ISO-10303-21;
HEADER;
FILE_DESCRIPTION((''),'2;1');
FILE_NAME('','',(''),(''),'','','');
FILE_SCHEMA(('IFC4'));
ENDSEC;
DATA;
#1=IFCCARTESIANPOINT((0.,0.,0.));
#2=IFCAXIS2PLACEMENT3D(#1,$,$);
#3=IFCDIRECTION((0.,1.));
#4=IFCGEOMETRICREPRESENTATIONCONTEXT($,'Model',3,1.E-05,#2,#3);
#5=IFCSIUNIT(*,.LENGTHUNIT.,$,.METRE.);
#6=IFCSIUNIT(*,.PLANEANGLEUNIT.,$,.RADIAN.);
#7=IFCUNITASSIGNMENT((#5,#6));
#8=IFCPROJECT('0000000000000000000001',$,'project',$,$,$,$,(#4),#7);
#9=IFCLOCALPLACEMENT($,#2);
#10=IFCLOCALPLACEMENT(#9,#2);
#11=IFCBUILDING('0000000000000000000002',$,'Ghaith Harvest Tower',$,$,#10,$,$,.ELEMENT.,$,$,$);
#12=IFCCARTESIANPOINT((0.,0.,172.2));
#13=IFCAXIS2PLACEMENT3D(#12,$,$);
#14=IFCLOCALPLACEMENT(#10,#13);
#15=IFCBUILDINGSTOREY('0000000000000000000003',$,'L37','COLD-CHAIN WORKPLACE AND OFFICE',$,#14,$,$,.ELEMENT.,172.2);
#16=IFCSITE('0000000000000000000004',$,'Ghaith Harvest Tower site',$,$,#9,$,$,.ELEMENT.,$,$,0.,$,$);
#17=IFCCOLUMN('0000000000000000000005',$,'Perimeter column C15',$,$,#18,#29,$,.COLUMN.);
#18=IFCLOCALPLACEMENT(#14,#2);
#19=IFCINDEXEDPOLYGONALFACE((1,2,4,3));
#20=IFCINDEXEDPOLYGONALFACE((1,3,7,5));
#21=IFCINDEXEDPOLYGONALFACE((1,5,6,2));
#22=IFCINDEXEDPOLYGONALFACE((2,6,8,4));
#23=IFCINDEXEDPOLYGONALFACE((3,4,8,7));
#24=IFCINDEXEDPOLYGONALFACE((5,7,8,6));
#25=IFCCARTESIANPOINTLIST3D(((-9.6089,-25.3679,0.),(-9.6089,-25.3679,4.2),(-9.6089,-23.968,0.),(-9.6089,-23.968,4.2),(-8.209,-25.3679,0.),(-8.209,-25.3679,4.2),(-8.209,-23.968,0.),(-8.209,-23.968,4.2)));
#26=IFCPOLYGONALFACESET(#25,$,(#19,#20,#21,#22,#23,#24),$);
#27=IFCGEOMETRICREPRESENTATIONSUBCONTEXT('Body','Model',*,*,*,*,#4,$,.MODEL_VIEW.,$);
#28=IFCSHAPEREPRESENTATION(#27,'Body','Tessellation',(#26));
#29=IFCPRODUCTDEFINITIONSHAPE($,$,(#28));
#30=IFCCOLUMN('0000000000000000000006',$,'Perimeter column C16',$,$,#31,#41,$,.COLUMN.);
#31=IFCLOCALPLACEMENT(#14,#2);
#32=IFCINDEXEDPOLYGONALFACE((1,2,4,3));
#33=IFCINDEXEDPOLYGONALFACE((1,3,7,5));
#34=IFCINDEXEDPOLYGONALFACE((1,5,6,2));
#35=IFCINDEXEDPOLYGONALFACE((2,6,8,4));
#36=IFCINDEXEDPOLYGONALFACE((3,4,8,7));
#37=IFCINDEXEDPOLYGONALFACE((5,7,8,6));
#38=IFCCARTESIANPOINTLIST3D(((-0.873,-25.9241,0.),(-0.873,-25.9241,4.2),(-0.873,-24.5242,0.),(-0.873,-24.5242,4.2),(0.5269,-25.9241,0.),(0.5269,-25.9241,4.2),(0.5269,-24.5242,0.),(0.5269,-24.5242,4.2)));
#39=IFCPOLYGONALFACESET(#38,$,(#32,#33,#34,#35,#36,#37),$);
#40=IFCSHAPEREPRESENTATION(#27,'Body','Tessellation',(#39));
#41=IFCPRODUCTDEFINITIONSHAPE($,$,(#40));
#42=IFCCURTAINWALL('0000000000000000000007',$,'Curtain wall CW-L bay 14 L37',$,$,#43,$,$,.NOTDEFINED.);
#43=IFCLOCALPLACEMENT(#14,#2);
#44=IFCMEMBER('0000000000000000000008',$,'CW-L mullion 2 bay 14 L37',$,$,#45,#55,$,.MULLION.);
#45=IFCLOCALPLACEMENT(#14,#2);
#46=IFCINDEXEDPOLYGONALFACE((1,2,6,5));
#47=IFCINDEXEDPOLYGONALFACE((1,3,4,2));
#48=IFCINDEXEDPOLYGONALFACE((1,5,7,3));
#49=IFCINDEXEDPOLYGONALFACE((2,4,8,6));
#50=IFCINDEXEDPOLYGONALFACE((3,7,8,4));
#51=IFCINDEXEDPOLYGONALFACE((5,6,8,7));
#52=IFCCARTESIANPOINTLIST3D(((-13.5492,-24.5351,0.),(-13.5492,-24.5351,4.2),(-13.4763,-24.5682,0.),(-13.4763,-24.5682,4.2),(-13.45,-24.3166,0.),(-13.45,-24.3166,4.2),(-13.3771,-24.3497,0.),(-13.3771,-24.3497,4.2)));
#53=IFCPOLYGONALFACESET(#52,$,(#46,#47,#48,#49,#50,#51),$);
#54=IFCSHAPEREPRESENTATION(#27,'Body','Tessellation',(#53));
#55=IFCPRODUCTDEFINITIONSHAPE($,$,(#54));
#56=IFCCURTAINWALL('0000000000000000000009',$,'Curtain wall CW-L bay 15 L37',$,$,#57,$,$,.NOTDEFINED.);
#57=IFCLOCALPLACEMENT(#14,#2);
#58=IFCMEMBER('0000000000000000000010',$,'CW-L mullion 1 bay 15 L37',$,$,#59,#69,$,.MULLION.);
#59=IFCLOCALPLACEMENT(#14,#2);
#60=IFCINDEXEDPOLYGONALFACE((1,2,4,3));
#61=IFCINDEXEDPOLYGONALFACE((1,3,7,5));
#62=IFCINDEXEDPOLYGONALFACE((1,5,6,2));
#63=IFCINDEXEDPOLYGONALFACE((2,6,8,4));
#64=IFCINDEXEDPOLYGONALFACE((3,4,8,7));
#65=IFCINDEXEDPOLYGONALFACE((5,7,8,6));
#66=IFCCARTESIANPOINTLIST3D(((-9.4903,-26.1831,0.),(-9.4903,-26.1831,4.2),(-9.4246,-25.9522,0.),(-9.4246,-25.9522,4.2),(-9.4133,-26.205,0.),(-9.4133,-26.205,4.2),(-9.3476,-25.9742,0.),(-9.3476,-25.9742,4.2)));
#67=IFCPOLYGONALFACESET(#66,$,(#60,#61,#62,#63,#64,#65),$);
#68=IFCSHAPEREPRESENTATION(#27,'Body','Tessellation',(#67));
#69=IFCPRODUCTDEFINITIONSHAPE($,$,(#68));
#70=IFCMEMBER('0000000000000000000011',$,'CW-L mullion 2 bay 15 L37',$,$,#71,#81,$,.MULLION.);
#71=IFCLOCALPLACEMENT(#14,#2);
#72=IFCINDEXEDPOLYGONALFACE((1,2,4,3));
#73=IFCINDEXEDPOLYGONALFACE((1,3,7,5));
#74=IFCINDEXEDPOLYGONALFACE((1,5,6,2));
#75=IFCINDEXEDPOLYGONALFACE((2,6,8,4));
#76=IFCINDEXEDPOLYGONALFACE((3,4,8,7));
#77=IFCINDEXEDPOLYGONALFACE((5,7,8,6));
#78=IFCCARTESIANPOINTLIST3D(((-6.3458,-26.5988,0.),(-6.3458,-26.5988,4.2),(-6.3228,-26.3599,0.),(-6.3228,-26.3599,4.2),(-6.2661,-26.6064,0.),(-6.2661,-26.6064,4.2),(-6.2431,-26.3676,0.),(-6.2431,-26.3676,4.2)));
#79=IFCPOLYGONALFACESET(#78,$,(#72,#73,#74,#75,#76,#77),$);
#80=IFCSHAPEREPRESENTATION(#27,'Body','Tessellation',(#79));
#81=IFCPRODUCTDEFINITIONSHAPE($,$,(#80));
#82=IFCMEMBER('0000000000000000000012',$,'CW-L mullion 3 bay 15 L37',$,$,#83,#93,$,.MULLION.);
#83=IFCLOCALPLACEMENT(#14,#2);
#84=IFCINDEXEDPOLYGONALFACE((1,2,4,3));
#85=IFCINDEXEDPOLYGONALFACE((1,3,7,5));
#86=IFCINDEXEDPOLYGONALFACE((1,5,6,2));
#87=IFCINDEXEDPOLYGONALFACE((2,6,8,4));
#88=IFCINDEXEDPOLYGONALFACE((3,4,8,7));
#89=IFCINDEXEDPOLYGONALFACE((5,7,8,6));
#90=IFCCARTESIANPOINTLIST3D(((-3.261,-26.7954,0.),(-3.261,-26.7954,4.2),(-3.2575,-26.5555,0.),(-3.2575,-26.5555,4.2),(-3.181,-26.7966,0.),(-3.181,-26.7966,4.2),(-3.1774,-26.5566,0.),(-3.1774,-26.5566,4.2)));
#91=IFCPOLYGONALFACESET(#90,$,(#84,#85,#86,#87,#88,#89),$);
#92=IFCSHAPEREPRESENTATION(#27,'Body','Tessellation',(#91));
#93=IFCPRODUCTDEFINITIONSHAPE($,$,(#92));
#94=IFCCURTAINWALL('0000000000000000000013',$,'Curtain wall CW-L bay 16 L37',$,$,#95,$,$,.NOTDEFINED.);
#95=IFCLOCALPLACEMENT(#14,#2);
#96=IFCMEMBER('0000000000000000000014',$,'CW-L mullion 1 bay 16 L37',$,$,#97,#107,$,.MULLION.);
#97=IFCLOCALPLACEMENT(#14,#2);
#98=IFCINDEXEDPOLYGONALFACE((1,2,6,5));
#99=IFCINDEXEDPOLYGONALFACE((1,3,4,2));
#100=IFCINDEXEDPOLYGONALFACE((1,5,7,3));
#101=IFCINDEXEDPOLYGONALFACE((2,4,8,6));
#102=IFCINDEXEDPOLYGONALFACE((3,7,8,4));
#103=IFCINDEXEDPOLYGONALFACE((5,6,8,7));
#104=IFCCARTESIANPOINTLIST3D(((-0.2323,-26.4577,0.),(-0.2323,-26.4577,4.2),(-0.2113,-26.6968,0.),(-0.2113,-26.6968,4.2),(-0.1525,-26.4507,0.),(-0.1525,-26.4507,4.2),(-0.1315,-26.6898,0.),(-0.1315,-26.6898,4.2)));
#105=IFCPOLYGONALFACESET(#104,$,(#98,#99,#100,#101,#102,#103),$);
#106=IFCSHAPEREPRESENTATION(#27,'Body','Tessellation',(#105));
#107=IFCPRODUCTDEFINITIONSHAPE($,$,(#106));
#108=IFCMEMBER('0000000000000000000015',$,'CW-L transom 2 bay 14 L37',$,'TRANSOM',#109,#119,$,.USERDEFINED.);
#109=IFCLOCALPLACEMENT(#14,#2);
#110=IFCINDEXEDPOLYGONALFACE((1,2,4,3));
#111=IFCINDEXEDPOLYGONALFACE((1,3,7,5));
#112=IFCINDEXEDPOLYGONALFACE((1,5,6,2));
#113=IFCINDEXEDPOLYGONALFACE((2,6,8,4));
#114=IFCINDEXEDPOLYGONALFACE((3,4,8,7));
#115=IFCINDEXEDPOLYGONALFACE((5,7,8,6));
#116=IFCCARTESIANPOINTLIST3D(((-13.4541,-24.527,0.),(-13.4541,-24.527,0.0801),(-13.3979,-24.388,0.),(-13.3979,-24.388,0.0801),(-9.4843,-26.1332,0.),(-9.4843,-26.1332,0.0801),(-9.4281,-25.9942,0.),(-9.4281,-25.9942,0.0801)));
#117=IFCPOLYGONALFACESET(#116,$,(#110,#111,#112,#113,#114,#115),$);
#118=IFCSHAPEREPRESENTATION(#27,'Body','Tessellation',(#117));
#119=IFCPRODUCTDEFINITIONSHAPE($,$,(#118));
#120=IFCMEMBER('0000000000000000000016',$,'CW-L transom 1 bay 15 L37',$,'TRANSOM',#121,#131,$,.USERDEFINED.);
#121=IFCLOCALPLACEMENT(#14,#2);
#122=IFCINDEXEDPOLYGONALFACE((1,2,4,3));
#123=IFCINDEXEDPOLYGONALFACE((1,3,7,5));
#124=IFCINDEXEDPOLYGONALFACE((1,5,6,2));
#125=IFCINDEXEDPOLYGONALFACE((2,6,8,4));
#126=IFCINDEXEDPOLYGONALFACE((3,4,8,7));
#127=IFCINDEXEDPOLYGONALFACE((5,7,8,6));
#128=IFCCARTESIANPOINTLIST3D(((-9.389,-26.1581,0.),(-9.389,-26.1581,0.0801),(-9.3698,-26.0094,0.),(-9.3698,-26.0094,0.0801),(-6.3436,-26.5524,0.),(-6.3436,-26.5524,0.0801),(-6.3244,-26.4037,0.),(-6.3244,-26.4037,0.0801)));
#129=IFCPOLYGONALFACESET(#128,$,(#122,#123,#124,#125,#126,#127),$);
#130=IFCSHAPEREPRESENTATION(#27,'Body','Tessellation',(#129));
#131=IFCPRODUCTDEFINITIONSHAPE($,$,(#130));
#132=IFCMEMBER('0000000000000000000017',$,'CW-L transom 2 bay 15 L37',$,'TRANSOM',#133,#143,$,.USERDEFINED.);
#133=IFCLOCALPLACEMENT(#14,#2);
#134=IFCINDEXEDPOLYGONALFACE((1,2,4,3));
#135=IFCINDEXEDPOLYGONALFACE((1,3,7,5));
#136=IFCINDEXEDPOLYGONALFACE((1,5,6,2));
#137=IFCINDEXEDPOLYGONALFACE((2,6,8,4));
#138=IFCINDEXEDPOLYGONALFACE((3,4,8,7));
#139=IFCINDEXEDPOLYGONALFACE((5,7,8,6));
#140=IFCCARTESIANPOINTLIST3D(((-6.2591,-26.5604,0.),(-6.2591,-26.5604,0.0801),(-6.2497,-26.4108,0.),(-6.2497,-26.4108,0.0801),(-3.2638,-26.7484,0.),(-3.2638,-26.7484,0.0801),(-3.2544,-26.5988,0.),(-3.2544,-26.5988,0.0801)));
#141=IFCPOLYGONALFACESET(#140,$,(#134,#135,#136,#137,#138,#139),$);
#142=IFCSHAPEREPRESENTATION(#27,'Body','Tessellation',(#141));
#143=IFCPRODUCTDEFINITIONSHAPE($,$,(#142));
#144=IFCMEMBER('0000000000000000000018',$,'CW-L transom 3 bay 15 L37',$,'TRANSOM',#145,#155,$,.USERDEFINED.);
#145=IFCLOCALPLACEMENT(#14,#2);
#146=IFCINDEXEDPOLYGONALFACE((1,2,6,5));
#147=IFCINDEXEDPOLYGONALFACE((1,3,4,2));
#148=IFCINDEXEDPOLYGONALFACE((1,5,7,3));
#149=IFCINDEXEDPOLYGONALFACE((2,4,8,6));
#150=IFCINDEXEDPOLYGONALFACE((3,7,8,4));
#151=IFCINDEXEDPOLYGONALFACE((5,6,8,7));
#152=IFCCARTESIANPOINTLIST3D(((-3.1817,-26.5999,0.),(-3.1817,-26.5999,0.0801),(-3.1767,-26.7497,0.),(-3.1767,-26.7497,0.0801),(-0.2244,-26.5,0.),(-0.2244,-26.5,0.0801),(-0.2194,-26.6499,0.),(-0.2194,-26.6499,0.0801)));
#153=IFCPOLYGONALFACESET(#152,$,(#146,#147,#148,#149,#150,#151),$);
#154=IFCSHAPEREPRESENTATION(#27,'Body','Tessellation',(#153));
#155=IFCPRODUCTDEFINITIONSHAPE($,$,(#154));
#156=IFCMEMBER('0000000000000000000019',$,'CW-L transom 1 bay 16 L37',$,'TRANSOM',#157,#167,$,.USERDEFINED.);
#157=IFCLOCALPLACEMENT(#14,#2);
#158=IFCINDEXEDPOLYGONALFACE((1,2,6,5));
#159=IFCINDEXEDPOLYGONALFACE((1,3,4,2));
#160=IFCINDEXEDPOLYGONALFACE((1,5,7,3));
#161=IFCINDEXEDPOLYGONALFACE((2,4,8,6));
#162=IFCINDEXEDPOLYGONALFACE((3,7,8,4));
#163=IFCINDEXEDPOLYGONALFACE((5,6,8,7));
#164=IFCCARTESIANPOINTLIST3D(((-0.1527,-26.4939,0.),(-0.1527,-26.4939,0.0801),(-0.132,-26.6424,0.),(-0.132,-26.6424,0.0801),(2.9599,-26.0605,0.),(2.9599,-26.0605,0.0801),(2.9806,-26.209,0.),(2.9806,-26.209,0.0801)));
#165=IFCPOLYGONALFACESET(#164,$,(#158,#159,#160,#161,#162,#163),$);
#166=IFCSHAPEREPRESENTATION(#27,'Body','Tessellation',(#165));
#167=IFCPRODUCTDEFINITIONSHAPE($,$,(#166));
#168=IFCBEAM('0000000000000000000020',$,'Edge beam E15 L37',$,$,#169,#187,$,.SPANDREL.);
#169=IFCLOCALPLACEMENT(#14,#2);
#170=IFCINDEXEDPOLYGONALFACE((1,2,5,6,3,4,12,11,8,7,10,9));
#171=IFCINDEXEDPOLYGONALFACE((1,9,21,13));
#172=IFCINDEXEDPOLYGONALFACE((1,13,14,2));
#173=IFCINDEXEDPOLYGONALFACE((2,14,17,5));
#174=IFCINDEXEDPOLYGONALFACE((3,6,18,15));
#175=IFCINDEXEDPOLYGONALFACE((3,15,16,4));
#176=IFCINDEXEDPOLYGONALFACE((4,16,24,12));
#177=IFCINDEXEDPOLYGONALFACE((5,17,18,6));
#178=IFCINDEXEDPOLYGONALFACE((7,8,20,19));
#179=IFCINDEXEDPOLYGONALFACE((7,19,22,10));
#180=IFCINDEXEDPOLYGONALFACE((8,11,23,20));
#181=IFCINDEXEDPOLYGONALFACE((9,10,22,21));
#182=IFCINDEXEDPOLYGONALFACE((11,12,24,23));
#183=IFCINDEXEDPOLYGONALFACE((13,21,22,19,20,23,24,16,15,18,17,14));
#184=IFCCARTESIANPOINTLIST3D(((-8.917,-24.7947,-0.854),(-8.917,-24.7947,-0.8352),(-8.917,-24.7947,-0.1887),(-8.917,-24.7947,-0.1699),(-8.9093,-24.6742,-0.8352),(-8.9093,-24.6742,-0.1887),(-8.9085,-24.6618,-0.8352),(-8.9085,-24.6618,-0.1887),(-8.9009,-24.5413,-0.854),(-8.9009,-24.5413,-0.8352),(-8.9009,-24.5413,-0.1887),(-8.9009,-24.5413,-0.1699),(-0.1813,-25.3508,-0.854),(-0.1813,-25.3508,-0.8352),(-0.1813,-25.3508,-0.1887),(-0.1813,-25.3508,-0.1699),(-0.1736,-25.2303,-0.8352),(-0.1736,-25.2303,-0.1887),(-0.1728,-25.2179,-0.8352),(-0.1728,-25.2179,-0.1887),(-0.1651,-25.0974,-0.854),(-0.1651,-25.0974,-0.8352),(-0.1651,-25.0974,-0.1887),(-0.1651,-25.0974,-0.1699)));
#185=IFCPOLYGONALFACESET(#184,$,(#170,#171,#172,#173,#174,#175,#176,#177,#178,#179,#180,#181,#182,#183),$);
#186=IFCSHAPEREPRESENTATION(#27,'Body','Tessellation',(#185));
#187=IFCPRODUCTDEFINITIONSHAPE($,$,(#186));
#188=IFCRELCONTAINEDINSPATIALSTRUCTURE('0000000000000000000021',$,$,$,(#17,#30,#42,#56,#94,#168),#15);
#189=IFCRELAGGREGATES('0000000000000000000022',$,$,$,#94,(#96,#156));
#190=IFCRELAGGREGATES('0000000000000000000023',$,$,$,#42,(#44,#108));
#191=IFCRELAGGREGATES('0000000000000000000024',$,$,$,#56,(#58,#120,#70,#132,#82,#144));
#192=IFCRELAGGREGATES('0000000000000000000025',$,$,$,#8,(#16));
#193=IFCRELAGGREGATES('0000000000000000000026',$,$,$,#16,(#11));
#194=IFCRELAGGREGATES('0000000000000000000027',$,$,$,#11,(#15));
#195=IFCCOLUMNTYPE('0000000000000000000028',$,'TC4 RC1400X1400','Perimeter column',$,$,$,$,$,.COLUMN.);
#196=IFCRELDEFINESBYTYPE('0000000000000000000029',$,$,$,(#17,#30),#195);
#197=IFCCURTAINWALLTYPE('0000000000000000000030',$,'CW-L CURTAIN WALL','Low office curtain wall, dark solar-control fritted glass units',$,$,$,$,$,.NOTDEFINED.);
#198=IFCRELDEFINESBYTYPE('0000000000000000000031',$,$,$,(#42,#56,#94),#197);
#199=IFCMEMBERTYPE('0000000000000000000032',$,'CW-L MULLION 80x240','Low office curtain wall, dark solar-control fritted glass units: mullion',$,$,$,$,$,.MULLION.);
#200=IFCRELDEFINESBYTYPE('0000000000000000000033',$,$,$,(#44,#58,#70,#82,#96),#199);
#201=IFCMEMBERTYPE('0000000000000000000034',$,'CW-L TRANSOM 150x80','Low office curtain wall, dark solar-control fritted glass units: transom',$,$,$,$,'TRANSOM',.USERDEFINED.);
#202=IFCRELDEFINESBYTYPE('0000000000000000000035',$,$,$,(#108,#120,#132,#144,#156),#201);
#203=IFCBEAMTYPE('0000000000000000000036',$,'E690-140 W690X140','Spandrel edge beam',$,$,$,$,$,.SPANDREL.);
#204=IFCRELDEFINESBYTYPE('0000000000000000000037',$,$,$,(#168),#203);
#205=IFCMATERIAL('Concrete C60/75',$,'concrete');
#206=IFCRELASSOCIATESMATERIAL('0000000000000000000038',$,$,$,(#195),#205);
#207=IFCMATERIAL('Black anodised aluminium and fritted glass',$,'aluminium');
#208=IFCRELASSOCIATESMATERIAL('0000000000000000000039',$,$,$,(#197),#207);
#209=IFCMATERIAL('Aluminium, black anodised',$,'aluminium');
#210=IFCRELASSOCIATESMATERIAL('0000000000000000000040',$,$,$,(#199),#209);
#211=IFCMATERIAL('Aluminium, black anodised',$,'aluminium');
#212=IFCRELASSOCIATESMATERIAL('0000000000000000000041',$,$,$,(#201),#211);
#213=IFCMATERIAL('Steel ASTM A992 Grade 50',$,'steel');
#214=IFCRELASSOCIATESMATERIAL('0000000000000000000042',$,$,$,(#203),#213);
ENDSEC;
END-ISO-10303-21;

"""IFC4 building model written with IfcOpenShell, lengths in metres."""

from ifc_helpers import new_model, si_unit, direction, frame, origin, origin_2d, place, context, subcontext, project, spatial, rectangle, i_section, extrude, material, material_profile, profile_set, type_object, element, aggregate, save


model = new_model("IFC4")

# Units and contexts
model_context = context("Model", 3, precision=1e-05, world=origin(), true_north=direction((0.0, 1.0)))
body_context = subcontext(model_context, "Body", "Model", "MODEL_VIEW")
ifc_project = project(units=[si_unit("LENGTHUNIT", "METRE"), si_unit("PLANEANGLEUNIT", "RADIAN")], contexts=[model_context])

# Site, building, storey
site_placement = place(None, origin())
site = spatial("IfcSite", under=ifc_project, at=site_placement, Name="Ghaith Harvest Tower site", CompositionType="ELEMENT", RefElevation=0.0)
building_placement = place(site_placement, origin())
building = spatial("IfcBuilding", under=site, at=building_placement, Name="Ghaith Harvest Tower", CompositionType="ELEMENT")
storey_placement = place(building_placement, frame((0.0, 0.0, 172.2)))
storey = spatial("IfcBuildingStorey", under=building, at=storey_placement, Name="L37", Description="COLD-CHAIN WORKPLACE AND OFFICE", CompositionType="ELEMENT", Elevation=172.2)

# Columns
ifc_material_1 = material(Name="Concrete C60/75", Category="concrete")
ifc_material_profile_1 = material_profile(ifc_material_1, rectangle(XDim=1.3999, YDim=1.3999, at=origin_2d()), Name="RC1400X1400")
ifc_profile_set_1 = profile_set([ifc_material_profile_1], Name="Concrete C60/75")
column_type = type_object("IfcColumnType", Name="TC4 RC1400X1400", Description="Perimeter column", PredefinedType="COLUMN", material=ifc_profile_set_1)
for number, where, z_axis, x_axis, name in (
    (1, (-8.9089, -24.668, 0.0), (0.0, 0.0, 1.0), (1.0, 0.0, 0.0), "Perimeter column C15"),
    (2, (-0.1731, -25.2241, 0.0), (0.0, 0.0, 1.0), (1.0, 0.0, 0.0), "Perimeter column C16"),
):
    element("IfcColumn", number, at=place(storey_placement, frame(where, z_axis=z_axis, x_axis=x_axis)), inside=storey, type_object=column_type, Name=name, PredefinedType="COLUMN", context=body_context, shape_type="SweptSolid", body=[
        extrude(rectangle(XDim=1.3999, YDim=1.3999, at=origin_2d()), origin(), (0.0, 0.0, 1.0), 4.2),
    ])

# Curtain wall, member
ifc_material_2 = material(Name="Black anodised aluminium and fritted glass", Category="aluminium")
curtain_wall_type = type_object("IfcCurtainWallType", Name="CW-L CURTAIN WALL", Description="Low office curtain wall, dark solar-control fritted glass units", PredefinedType="NOTDEFINED", material=ifc_material_2)
curtain_wall_1_placement = place(storey_placement, origin())
curtain_wall_1 = element("IfcCurtainWall", 3, at=curtain_wall_1_placement, inside=storey, type_object=curtain_wall_type, Name="Curtain wall CW-L bay 14 L37", PredefinedType="NOTDEFINED")
ifc_material_3 = material(Name="Aluminium, black anodised", Category="aluminium")
ifc_material_profile_2 = material_profile(ifc_material_3, rectangle(XDim=0.0801, YDim=0.24, at=origin_2d()), Name="CW-L MULLION 80x240")
ifc_profile_set_2 = profile_set([ifc_material_profile_2], Name="Aluminium, black anodised")
member_type_1 = type_object("IfcMemberType", Name="CW-L MULLION 80x240", Description="Low office curtain wall, dark solar-control fritted glass units: mullion", PredefinedType="MULLION", material=ifc_profile_set_2)
member_1_placement = place(storey_placement, frame((-13.4631, -24.4424, 0.0), z_axis=(0.0, 0.0, 1.0), x_axis=(0.910648, -0.413183, 0.0)))
member_1 = element("IfcMember", 4, at=member_1_placement, type_object=member_type_1, Name="CW-L mullion 2 bay 14 L37", PredefinedType="MULLION", context=body_context, shape_type="SweptSolid", body=[
    extrude(rectangle(XDim=0.0801, YDim=0.24, at=origin_2d()), origin(), (0.0, 0.0, 1.0), 4.2),
])

# Curtain wall, members
curtain_wall_2_placement = place(storey_placement, origin())
curtain_wall_2 = element("IfcCurtainWall", 5, at=curtain_wall_2_placement, inside=storey, type_object=curtain_wall_type, Name="Curtain wall CW-L bay 15 L37", PredefinedType="NOTDEFINED")
member_2_placement = place(storey_placement, frame((-9.4189, -26.0786, 0.0), z_axis=(0.0, 0.0, 1.0), x_axis=(0.961789, -0.273793, 0.0)))
member_2 = element("IfcMember", 6, at=member_2_placement, type_object=member_type_1, Name="CW-L mullion 1 bay 15 L37", PredefinedType="MULLION", context=body_context, shape_type="SweptSolid", body=[
    extrude(rectangle(XDim=0.0801, YDim=0.24, at=origin_2d()), origin(), (0.0, 0.0, 1.0), 4.2),
])
member_3_placement = place(storey_placement, frame((-6.2944, -26.4832, 0.0), z_axis=(0.0, 0.0, 1.0), x_axis=(0.995389, -0.095918, 0.0)))
member_3 = element("IfcMember", 7, at=member_3_placement, type_object=member_type_1, Name="CW-L mullion 2 bay 15 L37", PredefinedType="MULLION", context=body_context, shape_type="SweptSolid", body=[
    extrude(rectangle(XDim=0.0801, YDim=0.24, at=origin_2d()), origin(), (0.0, 0.0, 1.0), 4.2),
])
member_4_placement = place(storey_placement, frame((-3.2192, -26.676, 0.0), z_axis=(0.0, 0.0, 1.0), x_axis=(0.999891, -0.014796, 0.0)))
member_4 = element("IfcMember", 8, at=member_4_placement, type_object=member_type_1, Name="CW-L mullion 3 bay 15 L37", PredefinedType="MULLION", context=body_context, shape_type="SweptSolid", body=[
    extrude(rectangle(XDim=0.0801, YDim=0.24, at=origin_2d()), origin(), (0.0, 0.0, 1.0), 4.2),
])

# Curtain wall, member
curtain_wall_3_placement = place(storey_placement, origin())
curtain_wall_3 = element("IfcCurtainWall", 9, at=curtain_wall_3_placement, inside=storey, type_object=curtain_wall_type, Name="Curtain wall CW-L bay 16 L37", PredefinedType="NOTDEFINED")
member_5_placement = place(storey_placement, frame((-0.1819, -26.5737, 0.0), z_axis=(0.0, 0.0, 1.0), x_axis=(0.996169, 0.087446, 0.0)))
member_5 = element("IfcMember", 10, at=member_5_placement, type_object=member_type_1, Name="CW-L mullion 1 bay 16 L37", PredefinedType="MULLION", context=body_context, shape_type="SweptSolid", body=[
    extrude(rectangle(XDim=0.0801, YDim=0.24, at=origin_2d()), origin(), (0.0, 0.0, 1.0), 4.2),
])

# Members
ifc_material_4 = material(Name="Aluminium, black anodised", Category="aluminium")
ifc_material_profile_3 = material_profile(ifc_material_4, rectangle(XDim=0.1499, YDim=0.0801, at=origin_2d()), Name="CW-L TRANSOM 150x80")
ifc_profile_set_3 = profile_set([ifc_material_profile_3], Name="Aluminium, black anodised")
member_type_2 = type_object("IfcMemberType", Name="CW-L TRANSOM 150x80", Description="Low office curtain wall, dark solar-control fritted glass units: transom", ElementType="TRANSOM", PredefinedType="USERDEFINED", material=ifc_profile_set_3)
member_6_placement = place(storey_placement, frame((-13.426, -24.4575, 0.04), z_axis=(0.927003, -0.375054, 0.0), x_axis=(0.375054, 0.927003, 0.0)))
member_6 = element("IfcMember", 11, at=member_6_placement, type_object=member_type_2, Name="CW-L transom 2 bay 14 L37", ObjectType="TRANSOM", PredefinedType="USERDEFINED", context=body_context, shape_type="SweptSolid", body=[
    extrude(rectangle(XDim=0.1499, YDim=0.0801, at=origin_2d()), origin(), (0.0, 0.0, 1.0), 4.2825),
])
member_7_placement = place(storey_placement, frame((-9.3794, -26.0837, 0.04), z_axis=(0.991723, -0.128398, 0.0), x_axis=(0.128398, 0.991723, 0.0)))
member_7 = element("IfcMember", 12, at=member_7_placement, type_object=member_type_2, Name="CW-L transom 1 bay 15 L37", ObjectType="TRANSOM", PredefinedType="USERDEFINED", context=body_context, shape_type="SweptSolid", body=[
    extrude(rectangle(XDim=0.1499, YDim=0.0801, at=origin_2d()), origin(), (0.0, 0.0, 1.0), 3.0708),
])
member_8_placement = place(storey_placement, frame((-6.2544, -26.4856, 0.04), z_axis=(0.998036, -0.062637, 0.0), x_axis=(0.062637, 0.998036, 0.0)))
member_8 = element("IfcMember", 13, at=member_8_placement, type_object=member_type_2, Name="CW-L transom 2 bay 15 L37", ObjectType="TRANSOM", PredefinedType="USERDEFINED", context=body_context, shape_type="SweptSolid", body=[
    extrude(rectangle(XDim=0.1499, YDim=0.0801, at=origin_2d()), origin(), (0.0, 0.0, 1.0), 3.0012),
])
member_9_placement = place(storey_placement, frame((-3.1792, -26.6748, 0.04), z_axis=(0.99943, 0.033746, 0.0), x_axis=(-0.033746, 0.99943, 0.0)))
member_9 = element("IfcMember", 14, at=member_9_placement, type_object=member_type_2, Name="CW-L transom 3 bay 15 L37", ObjectType="TRANSOM", PredefinedType="USERDEFINED", context=body_context, shape_type="SweptSolid", body=[
    extrude(rectangle(XDim=0.1499, YDim=0.0801, at=origin_2d()), origin(), (0.0, 0.0, 1.0), 2.959),
])
member_10_placement = place(storey_placement, frame((-0.1423, -26.5681, 0.04), z_axis=(0.990447, 0.137897, 0.0), x_axis=(-0.137897, 0.990447, 0.0)))
member_10 = element("IfcMember", 15, at=member_10_placement, type_object=member_type_2, Name="CW-L transom 1 bay 16 L37", ObjectType="TRANSOM", PredefinedType="USERDEFINED", context=body_context, shape_type="SweptSolid", body=[
    extrude(rectangle(XDim=0.1499, YDim=0.0801, at=origin_2d()), origin(), (0.0, 0.0, 1.0), 3.1426),
])
aggregate(curtain_wall_3, [member_5, member_10])

# Beam
ifc_material_5 = material(Name="Steel ASTM A992 Grade 50", Category="steel")
ifc_material_profile_4 = material_profile(ifc_material_5, i_section(OverallWidth=0.2539, OverallDepth=0.6841, WebThickness=0.0125, FlangeThickness=0.0188, at=origin_2d()), Name="W690X140")
ifc_profile_set_4 = profile_set([ifc_material_profile_4], Name="Steel ASTM A992 Grade 50")
beam_type = type_object("IfcBeamType", Name="E690-140 W690X140", Description="Spandrel edge beam", PredefinedType="SPANDREL", material=ifc_profile_set_4)
beam_1_placement = place(storey_placement, frame((-8.9089, -24.668, -0.512), z_axis=(0.99798, -0.063535, 0.0), x_axis=(0.063535, 0.99798, 0.0)))
element("IfcBeam", 16, at=beam_1_placement, inside=storey, type_object=beam_type, Name="Edge beam E15 L37", PredefinedType="SPANDREL", context=body_context, shape_type="SweptSolid", body=[
    extrude(i_section(OverallWidth=0.2539, OverallDepth=0.6841, WebThickness=0.0125, FlangeThickness=0.0188, at=origin_2d()), origin(), (0.0, 0.0, 1.0), 8.7534),
])

aggregate(curtain_wall_1, [member_1, member_6])
aggregate(curtain_wall_2, [member_2, member_7, member_3, member_8, member_4, member_9])

save(model, "model.ifc")
